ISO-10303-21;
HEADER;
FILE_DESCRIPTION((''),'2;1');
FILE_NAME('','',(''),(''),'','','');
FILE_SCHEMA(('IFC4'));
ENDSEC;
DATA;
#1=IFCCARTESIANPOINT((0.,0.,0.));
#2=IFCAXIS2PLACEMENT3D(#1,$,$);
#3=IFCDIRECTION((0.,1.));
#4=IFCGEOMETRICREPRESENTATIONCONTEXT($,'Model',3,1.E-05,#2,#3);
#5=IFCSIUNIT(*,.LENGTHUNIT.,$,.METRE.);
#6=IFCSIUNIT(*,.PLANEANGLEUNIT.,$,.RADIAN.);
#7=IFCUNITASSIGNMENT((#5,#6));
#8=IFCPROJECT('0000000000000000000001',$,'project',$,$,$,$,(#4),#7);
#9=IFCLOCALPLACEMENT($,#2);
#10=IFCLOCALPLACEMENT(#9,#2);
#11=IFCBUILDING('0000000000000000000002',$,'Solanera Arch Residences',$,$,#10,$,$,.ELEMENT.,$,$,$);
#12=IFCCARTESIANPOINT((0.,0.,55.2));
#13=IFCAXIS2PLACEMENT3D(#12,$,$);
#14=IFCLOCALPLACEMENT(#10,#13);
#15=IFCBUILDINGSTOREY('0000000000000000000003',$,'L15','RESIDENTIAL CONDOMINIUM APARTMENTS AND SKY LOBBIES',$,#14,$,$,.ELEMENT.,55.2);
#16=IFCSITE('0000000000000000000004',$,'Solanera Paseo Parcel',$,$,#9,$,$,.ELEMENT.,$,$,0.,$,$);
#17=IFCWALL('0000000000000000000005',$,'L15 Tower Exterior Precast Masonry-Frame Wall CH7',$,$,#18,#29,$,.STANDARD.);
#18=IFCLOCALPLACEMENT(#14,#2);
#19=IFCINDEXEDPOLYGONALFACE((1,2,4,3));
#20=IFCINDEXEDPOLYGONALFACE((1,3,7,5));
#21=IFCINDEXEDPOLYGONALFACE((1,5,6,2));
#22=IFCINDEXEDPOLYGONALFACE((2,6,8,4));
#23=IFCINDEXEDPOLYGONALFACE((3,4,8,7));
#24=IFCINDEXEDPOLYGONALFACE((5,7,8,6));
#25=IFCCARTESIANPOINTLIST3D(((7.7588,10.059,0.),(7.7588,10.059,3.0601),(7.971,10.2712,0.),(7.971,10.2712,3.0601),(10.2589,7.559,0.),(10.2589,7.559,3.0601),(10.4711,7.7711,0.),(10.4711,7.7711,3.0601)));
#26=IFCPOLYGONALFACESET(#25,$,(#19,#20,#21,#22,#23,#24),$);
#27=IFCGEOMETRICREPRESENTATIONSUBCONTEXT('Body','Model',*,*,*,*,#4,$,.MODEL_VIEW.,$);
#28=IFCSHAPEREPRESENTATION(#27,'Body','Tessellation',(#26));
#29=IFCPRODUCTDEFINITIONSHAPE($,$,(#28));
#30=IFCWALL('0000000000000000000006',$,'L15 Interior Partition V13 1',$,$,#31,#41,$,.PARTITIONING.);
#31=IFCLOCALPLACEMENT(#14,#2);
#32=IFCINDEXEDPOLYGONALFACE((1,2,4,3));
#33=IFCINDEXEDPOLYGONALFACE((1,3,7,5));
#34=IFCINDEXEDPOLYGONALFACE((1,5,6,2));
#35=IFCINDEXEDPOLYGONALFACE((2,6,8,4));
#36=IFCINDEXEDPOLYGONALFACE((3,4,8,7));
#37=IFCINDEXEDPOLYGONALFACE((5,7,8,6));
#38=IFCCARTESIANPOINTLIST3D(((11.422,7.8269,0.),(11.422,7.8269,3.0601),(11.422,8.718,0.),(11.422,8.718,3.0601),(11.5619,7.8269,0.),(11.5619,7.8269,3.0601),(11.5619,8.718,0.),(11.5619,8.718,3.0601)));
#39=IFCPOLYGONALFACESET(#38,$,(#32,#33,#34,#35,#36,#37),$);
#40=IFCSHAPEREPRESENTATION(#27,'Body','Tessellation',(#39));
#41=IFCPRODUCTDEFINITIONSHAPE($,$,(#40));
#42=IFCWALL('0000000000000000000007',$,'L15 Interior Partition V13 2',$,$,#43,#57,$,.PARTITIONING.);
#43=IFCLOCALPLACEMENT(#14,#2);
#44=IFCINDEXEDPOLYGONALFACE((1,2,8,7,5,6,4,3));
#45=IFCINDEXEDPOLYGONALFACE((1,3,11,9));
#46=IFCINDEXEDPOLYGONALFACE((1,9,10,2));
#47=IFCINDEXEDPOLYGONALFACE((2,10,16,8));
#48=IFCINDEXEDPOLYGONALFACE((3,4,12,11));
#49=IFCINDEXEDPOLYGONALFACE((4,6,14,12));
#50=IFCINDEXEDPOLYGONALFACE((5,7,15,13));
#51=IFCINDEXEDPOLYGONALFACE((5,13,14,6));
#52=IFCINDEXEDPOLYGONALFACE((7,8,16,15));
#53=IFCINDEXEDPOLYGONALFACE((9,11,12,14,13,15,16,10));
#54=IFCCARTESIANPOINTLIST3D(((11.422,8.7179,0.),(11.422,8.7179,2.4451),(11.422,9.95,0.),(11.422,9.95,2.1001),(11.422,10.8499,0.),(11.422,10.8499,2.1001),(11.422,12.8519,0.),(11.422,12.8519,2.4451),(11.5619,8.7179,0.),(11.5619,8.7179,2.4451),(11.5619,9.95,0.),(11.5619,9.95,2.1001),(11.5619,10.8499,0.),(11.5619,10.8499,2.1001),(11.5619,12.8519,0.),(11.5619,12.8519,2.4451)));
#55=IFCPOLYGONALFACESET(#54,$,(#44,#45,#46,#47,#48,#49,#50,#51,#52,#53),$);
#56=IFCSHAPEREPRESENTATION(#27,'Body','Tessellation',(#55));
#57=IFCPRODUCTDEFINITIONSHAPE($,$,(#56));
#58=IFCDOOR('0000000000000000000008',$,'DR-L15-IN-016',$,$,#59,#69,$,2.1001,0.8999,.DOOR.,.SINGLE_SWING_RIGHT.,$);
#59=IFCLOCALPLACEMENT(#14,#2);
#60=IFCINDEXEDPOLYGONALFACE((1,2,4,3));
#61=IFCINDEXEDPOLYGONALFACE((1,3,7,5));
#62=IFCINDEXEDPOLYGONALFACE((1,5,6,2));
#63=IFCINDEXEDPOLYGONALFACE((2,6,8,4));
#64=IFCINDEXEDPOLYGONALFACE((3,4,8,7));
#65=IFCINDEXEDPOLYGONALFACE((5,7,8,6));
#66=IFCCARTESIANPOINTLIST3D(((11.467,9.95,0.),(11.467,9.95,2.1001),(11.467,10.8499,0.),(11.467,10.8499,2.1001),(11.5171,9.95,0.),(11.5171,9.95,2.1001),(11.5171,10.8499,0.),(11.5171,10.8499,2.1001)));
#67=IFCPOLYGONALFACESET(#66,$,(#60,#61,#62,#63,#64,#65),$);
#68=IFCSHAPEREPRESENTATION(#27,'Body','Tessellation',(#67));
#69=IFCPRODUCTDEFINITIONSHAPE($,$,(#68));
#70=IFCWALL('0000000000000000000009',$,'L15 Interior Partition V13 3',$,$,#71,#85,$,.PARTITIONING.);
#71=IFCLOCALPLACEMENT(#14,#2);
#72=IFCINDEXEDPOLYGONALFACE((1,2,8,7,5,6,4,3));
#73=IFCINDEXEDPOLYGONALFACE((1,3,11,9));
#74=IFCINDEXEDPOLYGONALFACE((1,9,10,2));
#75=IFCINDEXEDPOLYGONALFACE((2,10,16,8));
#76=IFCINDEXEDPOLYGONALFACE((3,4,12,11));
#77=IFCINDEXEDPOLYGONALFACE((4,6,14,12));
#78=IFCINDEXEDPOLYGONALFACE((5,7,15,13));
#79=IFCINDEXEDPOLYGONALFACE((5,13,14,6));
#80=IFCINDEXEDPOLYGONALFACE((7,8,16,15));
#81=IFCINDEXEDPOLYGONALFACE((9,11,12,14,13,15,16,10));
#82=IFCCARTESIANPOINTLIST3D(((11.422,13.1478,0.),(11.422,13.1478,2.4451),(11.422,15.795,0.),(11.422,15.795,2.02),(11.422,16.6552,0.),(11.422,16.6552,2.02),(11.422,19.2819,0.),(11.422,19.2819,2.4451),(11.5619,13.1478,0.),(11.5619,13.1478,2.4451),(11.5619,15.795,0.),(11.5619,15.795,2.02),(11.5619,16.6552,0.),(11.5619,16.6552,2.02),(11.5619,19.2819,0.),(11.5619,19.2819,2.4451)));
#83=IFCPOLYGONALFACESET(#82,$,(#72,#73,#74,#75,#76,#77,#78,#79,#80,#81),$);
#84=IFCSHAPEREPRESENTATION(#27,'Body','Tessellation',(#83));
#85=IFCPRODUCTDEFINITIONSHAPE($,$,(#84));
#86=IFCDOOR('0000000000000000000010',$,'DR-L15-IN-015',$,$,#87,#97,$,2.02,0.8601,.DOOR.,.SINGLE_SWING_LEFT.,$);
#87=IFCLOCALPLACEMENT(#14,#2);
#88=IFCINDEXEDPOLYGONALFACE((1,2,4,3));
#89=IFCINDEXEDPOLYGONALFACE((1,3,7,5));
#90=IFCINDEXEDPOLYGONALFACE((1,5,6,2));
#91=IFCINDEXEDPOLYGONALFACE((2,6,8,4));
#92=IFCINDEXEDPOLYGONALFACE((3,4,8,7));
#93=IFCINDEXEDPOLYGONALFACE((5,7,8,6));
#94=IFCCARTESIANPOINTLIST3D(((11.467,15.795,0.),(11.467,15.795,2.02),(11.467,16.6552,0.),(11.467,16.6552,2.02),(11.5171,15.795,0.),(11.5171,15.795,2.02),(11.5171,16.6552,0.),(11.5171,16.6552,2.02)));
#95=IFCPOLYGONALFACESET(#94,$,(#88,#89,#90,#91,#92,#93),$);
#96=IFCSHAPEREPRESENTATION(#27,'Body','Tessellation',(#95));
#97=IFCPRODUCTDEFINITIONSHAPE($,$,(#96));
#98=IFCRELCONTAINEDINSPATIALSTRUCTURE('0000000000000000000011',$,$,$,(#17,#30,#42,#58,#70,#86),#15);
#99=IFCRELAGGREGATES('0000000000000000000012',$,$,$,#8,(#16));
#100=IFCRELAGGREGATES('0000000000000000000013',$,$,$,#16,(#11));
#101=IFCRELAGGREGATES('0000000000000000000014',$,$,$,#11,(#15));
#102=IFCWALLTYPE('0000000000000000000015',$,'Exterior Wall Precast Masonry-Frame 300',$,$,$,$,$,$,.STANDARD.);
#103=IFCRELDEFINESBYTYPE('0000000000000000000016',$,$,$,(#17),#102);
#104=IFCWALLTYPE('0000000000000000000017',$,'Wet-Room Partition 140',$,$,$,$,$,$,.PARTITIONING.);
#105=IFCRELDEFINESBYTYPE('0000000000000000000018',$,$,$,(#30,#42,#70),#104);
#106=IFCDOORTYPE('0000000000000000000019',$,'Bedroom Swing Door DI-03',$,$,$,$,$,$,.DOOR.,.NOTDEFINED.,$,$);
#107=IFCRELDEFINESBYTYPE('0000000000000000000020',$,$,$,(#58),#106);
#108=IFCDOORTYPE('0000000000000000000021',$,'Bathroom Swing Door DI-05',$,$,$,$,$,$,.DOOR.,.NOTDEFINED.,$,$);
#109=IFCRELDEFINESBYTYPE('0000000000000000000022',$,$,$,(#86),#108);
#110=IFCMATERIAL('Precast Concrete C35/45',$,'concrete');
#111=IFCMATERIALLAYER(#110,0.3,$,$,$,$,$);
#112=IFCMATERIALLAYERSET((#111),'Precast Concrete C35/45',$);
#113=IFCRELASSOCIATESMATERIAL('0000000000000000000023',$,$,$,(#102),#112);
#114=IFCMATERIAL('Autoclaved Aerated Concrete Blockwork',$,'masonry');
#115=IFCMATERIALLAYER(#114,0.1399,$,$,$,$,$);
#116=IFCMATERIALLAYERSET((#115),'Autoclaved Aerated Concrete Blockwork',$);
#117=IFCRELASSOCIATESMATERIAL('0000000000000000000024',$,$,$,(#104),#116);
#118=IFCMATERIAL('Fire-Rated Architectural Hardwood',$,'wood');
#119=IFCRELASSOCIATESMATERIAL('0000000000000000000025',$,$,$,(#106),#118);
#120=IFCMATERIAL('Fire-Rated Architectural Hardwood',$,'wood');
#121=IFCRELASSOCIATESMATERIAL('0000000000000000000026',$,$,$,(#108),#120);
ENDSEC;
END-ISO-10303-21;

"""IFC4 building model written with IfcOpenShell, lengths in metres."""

from ifc_helpers import new_model, si_unit, direction, frame, frame_2d, origin, place, context, subcontext, project, spatial, rectangle, extrude, material, layer, layer_set, type_object, element, fill, save


model = new_model("IFC4")

# Units and contexts
model_context = context("Model", 3, precision=1e-05, world=origin(), true_north=direction((0.0, 1.0)))
body_context = subcontext(model_context, "Body", "Model", "MODEL_VIEW")
ifc_project = project(units=[si_unit("LENGTHUNIT", "METRE"), si_unit("PLANEANGLEUNIT", "RADIAN")], contexts=[model_context])

# Site, building, storey
site_placement = place(None, origin())
site = spatial("IfcSite", under=ifc_project, at=site_placement, Name="Solanera Paseo Parcel", CompositionType="ELEMENT", RefElevation=0.0)
building_placement = place(site_placement, origin())
building = spatial("IfcBuilding", under=site, at=building_placement, Name="Solanera Arch Residences", CompositionType="ELEMENT")
storey_placement = place(building_placement, frame((0.0, 0.0, 55.2)))
storey = spatial("IfcBuildingStorey", under=building, at=storey_placement, Name="L15", Description="RESIDENTIAL CONDOMINIUM APARTMENTS AND SKY LOBBIES", CompositionType="ELEMENT", Elevation=55.2)

# Walls
ifc_material_1 = material(Name="Precast Concrete C35/45", Category="concrete")
ifc_layer_1 = layer(ifc_material_1, 0.3)
ifc_layer_set_1 = layer_set([ifc_layer_1], Name="Precast Concrete C35/45")
wall_type_1 = type_object("IfcWallType", Name="Exterior Wall Precast Masonry-Frame 300", PredefinedType="STANDARD", material=ifc_layer_set_1)
wall_1_placement = place(storey_placement, frame((10.365, 7.665, 0.0), z_axis=(0.0, 0.0, 1.0), x_axis=(-0.707107, 0.707107, 0.0)))
element("IfcWall", 1, at=wall_1_placement, inside=storey, type_object=wall_type_1, Name="L15 Tower Exterior Precast Masonry-Frame Wall CH7", PredefinedType="STANDARD", context=body_context, shape_type="SweptSolid", body=[
    extrude(rectangle(XDim=3.5356, YDim=0.3, at=frame_2d((1.7678, 0.0))), origin(), (0.0, 0.0, 1.0), 3.0601),
])
ifc_material_2 = material(Name="Autoclaved Aerated Concrete Blockwork", Category="masonry")
ifc_layer_2 = layer(ifc_material_2, 0.1399)
ifc_layer_set_2 = layer_set([ifc_layer_2], Name="Autoclaved Aerated Concrete Blockwork")
wall_type_2 = type_object("IfcWallType", Name="Wet-Room Partition 140", PredefinedType="PARTITIONING", material=ifc_layer_set_2)
wall_2_placement = place(storey_placement, frame((11.4919, 7.8269, 0.0), z_axis=(0.0, 0.0, 1.0), x_axis=(0.0, 1.0, 0.0)))
element("IfcWall", 2, at=wall_2_placement, inside=storey, type_object=wall_type_2, Name="L15 Interior Partition V13 1", PredefinedType="PARTITIONING", context=body_context, shape_type="SweptSolid", body=[
    extrude(rectangle(XDim=0.8911, YDim=0.1399, at=frame_2d((0.4456, 0.0))), origin(), (0.0, 0.0, 1.0), 3.0601),
])

# Walls, openings, doors
wall_3_placement = place(storey_placement, frame((11.4919, 8.718, 0.0), z_axis=(0.0, 0.0, 1.0), x_axis=(0.0, 1.0, 0.0)))
wall_3 = element("IfcWall", 3, at=wall_3_placement, inside=storey, type_object=wall_type_2, Name="L15 Interior Partition V13 2", PredefinedType="PARTITIONING", context=body_context, shape_type="SweptSolid", body=[
    extrude(rectangle(XDim=4.134, YDim=0.1399, at=frame_2d((2.0669, 0.0))), origin(), (0.0, 0.0, 1.0), 2.4451),
])
opening_1_placement = place(wall_3_placement, frame((1.2319, 0.0, 0.0)))
opening_1 = element("IfcOpeningElement", 4, at=opening_1_placement, cuts=wall_3, PredefinedType="OPENING", context=body_context, shape_type="SweptSolid", body=[
    extrude(rectangle(XDim=0.8999, YDim=2.1001, at=frame_2d((0.45, 1.05))), frame((0.0, 0.0798, 0.0), z_axis=(0.0, -1.0, 0.0), x_axis=(1.0, 0.0, 0.0)), (0.0, 0.0, 1.0), 0.1599),
])
ifc_material_3 = material(Name="Fire-Rated Architectural Hardwood", Category="wood")
door_type_1 = type_object("IfcDoorType", Name="Bedroom Swing Door DI-03", OperationType="NOTDEFINED", PredefinedType="DOOR", material=ifc_material_3)
door_1_placement = place(opening_1_placement, origin())
door_1 = element("IfcDoor", 5, at=door_1_placement, inside=storey, type_object=door_type_1, Name="DR-L15-IN-016", OperationType="SINGLE_SWING_RIGHT", OverallHeight=2.1001, OverallWidth=0.8999, PredefinedType="DOOR", context=body_context, shape_type="SweptSolid", body=[
    extrude(rectangle(XDim=0.8999, YDim=2.1001, at=frame_2d((0.45, 1.05))), frame((0.0, 0.0249, 0.0), z_axis=(0.0, -1.0, 0.0), x_axis=(1.0, 0.0, 0.0)), (0.0, 0.0, 1.0), 0.05),
])
fill(opening_1, door_1)
wall_4_placement = place(storey_placement, frame((11.4919, 13.1479, 0.0), z_axis=(0.0, 0.0, 1.0), x_axis=(0.0, 1.0, 0.0)))
wall_4 = element("IfcWall", 6, at=wall_4_placement, inside=storey, type_object=wall_type_2, Name="L15 Interior Partition V13 3", PredefinedType="PARTITIONING", context=body_context, shape_type="SweptSolid", body=[
    extrude(rectangle(XDim=6.134, YDim=0.1399, at=frame_2d((3.0669, 0.0))), origin(), (0.0, 0.0, 1.0), 2.4451),
])
opening_2_placement = place(wall_4_placement, frame((2.647, 0.0, 0.0)))
opening_2 = element("IfcOpeningElement", 7, at=opening_2_placement, cuts=wall_4, PredefinedType="OPENING", context=body_context, shape_type="SweptSolid", body=[
    extrude(rectangle(XDim=0.8601, YDim=2.02, at=frame_2d((0.4302, 1.01))), frame((0.0, 0.0798, 0.0), z_axis=(0.0, -1.0, 0.0), x_axis=(1.0, 0.0, 0.0)), (0.0, 0.0, 1.0), 0.1599),
])
ifc_material_4 = material(Name="Fire-Rated Architectural Hardwood", Category="wood")
door_type_2 = type_object("IfcDoorType", Name="Bathroom Swing Door DI-05", OperationType="NOTDEFINED", PredefinedType="DOOR", material=ifc_material_4)
door_2_placement = place(opening_2_placement, origin())
door_2 = element("IfcDoor", 8, at=door_2_placement, inside=storey, type_object=door_type_2, Name="DR-L15-IN-015", OperationType="SINGLE_SWING_LEFT", OverallHeight=2.02, OverallWidth=0.8601, PredefinedType="DOOR", context=body_context, shape_type="SweptSolid", body=[
    extrude(rectangle(XDim=0.8601, YDim=2.02, at=frame_2d((0.4302, 1.01))), frame((0.0, 0.0249, 0.0), z_axis=(0.0, -1.0, 0.0), x_axis=(1.0, 0.0, 0.0)), (0.0, 0.0, 1.0), 0.05),
])
fill(opening_2, door_2)

save(model, "model.ifc")
